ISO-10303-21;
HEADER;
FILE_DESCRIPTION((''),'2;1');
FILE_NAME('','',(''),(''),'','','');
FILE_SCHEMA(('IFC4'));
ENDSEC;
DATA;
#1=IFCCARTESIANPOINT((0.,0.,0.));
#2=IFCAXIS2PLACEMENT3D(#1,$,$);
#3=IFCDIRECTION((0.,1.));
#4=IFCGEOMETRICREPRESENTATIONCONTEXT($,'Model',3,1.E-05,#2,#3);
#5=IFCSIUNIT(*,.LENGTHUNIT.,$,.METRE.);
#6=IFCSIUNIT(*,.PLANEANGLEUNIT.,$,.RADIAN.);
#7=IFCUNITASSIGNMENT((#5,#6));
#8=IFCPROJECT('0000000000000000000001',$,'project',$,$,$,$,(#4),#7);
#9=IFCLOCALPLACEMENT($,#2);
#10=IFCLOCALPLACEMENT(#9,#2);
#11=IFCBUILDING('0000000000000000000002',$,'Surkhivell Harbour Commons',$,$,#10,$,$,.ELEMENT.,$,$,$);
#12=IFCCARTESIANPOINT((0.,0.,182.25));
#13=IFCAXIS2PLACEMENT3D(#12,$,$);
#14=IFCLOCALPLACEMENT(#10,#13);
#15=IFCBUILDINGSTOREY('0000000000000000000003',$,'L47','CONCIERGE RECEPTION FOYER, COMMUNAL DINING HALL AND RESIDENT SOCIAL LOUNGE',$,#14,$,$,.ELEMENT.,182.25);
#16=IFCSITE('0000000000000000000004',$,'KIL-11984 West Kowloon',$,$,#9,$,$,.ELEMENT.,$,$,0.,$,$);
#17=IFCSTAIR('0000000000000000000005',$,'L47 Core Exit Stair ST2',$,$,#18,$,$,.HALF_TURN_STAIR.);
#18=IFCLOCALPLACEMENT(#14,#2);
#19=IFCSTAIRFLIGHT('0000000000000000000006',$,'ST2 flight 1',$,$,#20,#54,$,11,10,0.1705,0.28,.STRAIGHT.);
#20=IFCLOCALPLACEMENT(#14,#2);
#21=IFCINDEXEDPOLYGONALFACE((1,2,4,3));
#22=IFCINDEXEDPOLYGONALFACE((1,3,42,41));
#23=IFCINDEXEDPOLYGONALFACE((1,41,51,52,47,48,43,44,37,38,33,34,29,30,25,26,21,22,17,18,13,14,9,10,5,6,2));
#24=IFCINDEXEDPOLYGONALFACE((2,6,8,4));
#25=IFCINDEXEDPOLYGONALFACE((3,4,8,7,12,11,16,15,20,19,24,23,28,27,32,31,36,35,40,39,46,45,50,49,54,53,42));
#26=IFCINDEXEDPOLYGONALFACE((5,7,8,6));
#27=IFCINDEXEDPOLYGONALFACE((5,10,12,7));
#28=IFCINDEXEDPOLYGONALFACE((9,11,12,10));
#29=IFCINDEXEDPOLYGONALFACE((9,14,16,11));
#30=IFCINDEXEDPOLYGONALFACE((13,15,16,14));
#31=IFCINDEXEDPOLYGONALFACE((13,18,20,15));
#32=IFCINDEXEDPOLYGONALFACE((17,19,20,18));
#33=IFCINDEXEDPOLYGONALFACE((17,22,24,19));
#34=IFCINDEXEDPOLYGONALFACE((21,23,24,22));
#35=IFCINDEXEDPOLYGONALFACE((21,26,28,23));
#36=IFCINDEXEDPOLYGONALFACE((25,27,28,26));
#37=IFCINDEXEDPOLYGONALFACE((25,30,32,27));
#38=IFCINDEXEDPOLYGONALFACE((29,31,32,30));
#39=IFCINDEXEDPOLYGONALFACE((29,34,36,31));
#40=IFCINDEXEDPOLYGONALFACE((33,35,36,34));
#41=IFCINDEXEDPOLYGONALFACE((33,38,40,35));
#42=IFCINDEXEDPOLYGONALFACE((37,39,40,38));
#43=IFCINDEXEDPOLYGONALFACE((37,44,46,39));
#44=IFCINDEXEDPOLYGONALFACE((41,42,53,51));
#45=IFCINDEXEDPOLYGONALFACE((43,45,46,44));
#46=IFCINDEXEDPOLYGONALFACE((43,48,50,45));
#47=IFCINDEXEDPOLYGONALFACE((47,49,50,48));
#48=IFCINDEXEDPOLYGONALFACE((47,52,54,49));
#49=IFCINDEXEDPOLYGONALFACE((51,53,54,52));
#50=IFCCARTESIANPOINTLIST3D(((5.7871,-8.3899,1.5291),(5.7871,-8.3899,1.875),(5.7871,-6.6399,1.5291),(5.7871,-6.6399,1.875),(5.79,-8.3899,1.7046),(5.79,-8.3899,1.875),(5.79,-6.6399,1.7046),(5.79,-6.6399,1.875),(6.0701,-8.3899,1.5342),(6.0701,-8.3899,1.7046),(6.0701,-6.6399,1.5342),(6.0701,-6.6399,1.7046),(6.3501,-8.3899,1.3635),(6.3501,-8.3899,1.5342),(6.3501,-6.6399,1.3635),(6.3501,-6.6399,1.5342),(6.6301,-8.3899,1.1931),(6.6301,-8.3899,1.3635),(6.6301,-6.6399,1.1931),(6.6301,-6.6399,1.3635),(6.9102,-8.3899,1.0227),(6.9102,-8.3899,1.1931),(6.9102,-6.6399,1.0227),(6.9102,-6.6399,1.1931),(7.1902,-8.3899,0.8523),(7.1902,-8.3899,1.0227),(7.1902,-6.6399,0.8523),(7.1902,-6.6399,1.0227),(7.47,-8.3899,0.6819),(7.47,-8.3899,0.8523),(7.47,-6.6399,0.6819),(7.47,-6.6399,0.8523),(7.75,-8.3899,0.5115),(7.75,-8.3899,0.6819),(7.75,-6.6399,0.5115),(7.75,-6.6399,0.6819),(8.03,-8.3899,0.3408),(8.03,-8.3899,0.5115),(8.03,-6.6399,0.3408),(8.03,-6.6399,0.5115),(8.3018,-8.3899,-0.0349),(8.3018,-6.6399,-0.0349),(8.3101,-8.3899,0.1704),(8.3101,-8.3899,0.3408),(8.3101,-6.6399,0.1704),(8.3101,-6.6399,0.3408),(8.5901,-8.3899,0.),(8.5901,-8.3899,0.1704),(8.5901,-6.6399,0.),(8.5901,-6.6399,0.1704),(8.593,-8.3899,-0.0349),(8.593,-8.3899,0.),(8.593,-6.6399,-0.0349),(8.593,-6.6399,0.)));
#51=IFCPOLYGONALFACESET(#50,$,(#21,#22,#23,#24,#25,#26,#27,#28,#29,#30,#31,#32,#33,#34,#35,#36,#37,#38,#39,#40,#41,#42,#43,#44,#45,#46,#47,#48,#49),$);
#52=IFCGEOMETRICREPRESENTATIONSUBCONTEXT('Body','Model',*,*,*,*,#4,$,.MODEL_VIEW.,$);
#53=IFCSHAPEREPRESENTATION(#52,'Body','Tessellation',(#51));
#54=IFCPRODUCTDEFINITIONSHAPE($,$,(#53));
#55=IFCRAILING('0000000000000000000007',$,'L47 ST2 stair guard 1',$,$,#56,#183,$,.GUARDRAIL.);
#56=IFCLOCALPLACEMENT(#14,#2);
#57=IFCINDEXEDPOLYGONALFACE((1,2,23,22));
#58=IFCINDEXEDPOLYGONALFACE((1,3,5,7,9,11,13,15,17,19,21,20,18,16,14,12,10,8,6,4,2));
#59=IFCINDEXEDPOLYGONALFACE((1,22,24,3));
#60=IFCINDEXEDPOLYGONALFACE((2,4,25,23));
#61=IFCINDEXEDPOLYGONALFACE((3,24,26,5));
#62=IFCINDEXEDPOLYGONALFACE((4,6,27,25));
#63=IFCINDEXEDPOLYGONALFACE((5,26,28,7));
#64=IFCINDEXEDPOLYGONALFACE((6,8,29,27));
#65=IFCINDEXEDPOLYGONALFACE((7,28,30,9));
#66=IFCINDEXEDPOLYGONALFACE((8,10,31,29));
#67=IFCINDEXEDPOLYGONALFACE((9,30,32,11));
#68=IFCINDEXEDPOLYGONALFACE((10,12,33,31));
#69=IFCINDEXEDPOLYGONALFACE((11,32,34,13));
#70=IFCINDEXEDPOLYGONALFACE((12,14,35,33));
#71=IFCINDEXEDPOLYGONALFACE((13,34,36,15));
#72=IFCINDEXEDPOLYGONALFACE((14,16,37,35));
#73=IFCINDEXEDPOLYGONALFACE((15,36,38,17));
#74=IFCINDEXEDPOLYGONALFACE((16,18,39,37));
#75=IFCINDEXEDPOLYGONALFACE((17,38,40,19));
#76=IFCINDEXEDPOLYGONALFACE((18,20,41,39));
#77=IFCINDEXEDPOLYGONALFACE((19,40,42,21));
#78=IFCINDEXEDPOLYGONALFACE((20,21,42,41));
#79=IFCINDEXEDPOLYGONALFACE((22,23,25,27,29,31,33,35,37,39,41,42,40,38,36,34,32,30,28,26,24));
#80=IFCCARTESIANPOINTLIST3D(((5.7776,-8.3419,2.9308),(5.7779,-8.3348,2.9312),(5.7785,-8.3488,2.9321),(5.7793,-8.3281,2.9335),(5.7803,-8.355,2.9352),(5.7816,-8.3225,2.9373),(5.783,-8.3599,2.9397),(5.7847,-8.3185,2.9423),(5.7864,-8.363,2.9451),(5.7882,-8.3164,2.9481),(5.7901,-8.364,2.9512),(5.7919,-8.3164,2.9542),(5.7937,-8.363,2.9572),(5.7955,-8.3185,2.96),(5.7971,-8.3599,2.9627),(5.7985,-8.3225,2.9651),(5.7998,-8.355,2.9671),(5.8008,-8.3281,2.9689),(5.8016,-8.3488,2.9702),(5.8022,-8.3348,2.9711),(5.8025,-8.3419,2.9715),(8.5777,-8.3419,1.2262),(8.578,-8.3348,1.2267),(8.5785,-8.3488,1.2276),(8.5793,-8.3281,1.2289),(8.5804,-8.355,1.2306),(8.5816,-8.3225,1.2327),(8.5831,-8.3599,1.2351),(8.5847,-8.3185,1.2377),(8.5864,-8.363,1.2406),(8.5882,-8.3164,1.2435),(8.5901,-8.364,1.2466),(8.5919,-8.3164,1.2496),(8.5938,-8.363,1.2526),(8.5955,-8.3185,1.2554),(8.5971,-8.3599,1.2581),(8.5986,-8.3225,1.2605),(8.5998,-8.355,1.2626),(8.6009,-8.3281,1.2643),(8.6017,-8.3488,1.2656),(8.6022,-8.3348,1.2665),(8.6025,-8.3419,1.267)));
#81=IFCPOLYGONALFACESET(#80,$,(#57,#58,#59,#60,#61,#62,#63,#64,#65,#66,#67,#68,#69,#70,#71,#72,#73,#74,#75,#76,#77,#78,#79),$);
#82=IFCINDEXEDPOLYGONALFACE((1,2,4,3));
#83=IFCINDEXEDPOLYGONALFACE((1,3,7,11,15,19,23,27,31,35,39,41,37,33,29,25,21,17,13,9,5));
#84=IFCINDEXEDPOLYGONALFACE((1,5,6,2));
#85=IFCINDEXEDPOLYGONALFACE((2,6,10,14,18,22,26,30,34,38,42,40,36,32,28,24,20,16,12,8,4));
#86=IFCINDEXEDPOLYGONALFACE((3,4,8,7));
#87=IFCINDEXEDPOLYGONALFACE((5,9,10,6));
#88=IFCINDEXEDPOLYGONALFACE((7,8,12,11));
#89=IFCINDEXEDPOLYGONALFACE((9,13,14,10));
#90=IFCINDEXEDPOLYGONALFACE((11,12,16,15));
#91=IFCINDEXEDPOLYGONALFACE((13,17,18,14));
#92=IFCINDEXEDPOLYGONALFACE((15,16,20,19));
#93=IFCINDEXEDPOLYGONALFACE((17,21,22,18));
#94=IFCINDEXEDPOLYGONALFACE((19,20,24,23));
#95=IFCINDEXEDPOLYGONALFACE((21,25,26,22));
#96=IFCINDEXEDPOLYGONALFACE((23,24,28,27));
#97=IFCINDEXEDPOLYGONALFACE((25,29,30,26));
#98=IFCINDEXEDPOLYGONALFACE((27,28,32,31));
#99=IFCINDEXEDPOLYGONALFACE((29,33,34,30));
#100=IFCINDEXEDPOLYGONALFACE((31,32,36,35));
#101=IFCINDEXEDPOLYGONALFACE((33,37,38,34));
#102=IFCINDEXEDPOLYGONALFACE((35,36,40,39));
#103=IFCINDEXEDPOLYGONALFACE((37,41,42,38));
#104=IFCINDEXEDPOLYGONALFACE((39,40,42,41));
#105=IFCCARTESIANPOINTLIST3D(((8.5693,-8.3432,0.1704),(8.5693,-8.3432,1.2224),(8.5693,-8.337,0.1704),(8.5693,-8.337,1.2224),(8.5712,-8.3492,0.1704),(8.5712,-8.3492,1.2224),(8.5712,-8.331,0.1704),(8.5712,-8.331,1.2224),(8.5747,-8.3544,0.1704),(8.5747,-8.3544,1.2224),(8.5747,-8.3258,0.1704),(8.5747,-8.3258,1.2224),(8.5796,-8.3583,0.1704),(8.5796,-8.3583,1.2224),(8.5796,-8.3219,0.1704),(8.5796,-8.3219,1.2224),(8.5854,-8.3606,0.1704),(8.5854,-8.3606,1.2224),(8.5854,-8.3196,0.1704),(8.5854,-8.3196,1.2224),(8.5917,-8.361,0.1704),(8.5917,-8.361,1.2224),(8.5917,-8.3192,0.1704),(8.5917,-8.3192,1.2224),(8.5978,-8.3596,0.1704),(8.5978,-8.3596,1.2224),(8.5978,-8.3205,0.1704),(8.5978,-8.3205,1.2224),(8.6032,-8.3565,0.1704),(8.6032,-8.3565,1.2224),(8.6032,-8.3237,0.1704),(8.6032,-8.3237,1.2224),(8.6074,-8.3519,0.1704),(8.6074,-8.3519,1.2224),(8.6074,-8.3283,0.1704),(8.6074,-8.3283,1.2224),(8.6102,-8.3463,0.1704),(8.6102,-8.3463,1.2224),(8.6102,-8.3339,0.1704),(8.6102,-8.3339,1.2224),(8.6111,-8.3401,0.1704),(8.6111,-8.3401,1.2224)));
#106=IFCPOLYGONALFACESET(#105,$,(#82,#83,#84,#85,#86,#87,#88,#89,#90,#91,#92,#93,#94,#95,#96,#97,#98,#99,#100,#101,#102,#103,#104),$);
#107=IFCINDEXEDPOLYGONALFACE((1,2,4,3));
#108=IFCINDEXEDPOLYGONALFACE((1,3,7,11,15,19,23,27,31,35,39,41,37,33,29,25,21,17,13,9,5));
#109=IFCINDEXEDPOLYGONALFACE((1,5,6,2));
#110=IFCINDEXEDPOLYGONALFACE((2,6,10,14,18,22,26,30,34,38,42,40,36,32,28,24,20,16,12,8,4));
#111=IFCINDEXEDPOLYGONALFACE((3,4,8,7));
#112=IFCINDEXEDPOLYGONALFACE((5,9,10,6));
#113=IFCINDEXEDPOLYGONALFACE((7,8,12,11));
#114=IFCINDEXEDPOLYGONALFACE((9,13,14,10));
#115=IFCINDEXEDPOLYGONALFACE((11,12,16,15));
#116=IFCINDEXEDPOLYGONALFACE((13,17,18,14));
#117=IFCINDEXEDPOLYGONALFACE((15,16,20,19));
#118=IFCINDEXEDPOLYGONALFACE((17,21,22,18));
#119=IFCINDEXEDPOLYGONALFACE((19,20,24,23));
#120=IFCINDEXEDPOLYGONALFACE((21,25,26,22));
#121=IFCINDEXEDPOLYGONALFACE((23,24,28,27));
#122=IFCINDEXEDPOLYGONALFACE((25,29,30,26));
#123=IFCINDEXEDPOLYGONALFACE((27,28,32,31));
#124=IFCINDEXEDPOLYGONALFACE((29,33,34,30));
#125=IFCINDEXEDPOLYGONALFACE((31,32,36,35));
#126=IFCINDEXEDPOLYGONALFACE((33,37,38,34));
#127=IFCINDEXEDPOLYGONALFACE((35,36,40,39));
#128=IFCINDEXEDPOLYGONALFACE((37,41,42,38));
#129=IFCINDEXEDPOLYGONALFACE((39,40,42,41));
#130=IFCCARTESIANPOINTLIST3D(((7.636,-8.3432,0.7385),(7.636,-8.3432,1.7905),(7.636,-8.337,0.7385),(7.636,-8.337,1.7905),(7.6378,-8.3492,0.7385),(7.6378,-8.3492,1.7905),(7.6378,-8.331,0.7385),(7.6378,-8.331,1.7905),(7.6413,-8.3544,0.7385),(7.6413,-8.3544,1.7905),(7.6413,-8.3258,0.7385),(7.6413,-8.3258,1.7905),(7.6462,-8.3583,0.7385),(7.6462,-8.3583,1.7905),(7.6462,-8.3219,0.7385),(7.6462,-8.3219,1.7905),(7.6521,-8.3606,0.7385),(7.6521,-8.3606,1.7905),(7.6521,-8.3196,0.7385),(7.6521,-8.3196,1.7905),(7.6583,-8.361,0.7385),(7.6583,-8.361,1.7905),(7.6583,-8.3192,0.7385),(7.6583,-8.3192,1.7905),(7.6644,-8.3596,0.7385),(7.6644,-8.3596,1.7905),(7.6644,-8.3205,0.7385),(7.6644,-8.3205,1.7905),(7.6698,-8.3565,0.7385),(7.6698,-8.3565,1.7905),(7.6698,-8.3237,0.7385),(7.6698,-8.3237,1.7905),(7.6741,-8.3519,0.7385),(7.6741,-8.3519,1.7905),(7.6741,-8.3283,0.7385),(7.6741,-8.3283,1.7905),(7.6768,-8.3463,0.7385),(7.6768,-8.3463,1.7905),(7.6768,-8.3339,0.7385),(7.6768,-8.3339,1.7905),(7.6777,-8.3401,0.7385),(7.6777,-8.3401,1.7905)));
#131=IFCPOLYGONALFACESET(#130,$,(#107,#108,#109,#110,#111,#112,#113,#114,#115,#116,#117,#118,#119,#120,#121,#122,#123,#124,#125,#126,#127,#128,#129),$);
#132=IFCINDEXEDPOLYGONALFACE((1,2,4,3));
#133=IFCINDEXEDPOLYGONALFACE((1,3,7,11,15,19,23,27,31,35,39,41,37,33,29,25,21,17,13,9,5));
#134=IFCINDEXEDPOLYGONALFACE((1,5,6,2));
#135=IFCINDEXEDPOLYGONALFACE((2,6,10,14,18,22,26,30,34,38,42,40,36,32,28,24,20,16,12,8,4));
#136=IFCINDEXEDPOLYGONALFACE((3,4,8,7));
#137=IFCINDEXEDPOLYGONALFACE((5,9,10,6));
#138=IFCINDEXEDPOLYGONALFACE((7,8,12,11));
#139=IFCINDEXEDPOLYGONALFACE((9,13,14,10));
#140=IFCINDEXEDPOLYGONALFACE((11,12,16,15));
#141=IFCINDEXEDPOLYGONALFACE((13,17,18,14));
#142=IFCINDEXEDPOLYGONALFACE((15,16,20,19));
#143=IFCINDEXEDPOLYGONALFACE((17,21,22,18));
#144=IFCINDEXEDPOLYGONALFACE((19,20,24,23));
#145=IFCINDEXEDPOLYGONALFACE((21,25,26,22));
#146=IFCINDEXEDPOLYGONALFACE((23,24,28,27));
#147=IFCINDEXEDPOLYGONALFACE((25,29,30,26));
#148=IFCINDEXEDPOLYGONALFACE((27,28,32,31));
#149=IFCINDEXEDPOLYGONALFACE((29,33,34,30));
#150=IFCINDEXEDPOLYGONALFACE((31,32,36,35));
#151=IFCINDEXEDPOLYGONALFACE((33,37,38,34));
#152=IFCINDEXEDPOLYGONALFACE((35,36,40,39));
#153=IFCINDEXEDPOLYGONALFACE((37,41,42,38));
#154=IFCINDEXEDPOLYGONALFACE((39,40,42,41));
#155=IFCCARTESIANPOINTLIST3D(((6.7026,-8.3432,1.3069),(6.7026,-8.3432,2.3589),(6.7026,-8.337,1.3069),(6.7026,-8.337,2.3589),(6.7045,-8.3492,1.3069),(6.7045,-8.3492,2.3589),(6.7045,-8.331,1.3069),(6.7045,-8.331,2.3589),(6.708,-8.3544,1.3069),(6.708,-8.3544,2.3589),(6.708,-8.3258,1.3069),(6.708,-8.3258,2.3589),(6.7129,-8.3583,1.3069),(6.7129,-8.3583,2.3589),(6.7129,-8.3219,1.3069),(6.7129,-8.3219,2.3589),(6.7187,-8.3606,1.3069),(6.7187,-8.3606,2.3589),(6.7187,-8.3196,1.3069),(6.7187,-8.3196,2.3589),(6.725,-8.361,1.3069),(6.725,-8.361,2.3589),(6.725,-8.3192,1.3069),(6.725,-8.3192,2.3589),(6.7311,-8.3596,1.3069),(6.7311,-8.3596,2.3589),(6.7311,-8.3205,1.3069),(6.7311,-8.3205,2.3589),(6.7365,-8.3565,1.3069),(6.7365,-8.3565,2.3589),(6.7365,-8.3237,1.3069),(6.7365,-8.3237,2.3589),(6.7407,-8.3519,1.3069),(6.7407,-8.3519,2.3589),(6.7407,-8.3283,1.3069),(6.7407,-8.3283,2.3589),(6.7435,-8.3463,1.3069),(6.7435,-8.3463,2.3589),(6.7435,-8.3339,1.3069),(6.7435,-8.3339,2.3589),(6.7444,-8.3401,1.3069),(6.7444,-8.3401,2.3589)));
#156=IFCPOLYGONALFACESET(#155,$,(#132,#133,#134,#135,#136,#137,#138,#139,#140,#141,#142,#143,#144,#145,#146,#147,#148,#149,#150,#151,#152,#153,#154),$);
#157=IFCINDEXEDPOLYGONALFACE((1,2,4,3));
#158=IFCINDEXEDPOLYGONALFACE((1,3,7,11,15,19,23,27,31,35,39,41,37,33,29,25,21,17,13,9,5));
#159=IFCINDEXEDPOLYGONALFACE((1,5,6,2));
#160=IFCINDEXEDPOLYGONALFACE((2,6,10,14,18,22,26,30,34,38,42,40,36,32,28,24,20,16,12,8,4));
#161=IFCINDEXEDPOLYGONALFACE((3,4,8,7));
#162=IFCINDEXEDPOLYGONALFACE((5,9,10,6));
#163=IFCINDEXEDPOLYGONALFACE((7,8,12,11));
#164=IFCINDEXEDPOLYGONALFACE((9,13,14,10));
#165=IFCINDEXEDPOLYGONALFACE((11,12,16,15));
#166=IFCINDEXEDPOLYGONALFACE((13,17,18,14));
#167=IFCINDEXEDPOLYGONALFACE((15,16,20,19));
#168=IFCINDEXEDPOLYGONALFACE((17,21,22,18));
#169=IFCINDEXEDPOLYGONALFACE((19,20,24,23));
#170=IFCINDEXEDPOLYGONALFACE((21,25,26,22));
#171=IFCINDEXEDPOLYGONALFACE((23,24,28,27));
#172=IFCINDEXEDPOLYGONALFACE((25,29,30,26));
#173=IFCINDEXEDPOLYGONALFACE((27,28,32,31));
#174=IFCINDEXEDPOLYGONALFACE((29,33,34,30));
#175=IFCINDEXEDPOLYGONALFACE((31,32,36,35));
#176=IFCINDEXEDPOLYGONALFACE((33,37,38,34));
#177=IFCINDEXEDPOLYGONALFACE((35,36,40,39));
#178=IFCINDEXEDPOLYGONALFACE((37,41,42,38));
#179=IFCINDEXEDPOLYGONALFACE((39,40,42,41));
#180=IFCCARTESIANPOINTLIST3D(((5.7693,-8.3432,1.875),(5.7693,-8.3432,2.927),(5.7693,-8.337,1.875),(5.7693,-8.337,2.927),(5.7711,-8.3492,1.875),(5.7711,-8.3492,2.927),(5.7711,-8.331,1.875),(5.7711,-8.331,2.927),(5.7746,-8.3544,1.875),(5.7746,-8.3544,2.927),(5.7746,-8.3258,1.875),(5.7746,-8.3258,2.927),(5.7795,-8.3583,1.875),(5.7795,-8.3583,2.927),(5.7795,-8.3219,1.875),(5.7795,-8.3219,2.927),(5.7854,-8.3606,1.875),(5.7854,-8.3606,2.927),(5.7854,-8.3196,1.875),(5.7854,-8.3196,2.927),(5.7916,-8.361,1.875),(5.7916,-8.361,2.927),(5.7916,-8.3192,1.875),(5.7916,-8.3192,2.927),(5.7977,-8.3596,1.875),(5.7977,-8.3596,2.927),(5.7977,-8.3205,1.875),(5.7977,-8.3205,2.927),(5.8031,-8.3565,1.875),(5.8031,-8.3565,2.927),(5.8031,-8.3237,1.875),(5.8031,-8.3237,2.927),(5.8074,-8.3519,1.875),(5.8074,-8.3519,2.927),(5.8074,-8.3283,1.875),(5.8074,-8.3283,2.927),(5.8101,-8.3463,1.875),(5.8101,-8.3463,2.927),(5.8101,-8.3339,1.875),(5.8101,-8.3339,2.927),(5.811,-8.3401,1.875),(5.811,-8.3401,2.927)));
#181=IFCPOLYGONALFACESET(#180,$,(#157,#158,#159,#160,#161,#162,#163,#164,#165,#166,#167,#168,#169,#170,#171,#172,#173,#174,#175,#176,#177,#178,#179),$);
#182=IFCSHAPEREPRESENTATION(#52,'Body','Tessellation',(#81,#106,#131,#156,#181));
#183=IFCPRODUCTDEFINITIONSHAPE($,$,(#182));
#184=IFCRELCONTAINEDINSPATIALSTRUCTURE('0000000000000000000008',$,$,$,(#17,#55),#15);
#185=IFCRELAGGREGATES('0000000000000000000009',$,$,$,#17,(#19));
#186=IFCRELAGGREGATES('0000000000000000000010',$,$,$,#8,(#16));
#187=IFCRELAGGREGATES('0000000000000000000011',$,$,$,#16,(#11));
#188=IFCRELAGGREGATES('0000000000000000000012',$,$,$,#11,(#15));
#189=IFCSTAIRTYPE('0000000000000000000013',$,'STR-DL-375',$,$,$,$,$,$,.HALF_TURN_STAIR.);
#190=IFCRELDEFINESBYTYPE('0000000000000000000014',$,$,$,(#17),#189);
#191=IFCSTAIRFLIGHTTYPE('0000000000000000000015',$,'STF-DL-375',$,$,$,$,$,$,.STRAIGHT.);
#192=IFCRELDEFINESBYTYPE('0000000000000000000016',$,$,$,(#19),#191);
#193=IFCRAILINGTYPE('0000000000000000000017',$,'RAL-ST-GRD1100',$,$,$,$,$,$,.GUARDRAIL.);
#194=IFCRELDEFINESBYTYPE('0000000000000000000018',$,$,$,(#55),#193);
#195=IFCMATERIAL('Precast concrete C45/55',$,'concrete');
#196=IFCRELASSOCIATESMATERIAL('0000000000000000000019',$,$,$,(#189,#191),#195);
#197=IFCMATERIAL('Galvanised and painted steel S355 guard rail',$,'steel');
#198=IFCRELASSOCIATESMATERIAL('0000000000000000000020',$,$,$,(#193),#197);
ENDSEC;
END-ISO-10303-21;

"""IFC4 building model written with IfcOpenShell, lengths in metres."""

from ifc_helpers import new_model, si_unit, direction, frame, origin, origin_2d, place, context, subcontext, project, spatial, polyline, circle, outline, extrude, material, type_object, element, aggregate, save


model = new_model("IFC4")

# Units and contexts
model_context = context("Model", 3, precision=1e-05, world=origin(), true_north=direction((0.0, 1.0)))
body_context = subcontext(model_context, "Body", "Model", "MODEL_VIEW")
ifc_project = project(units=[si_unit("LENGTHUNIT", "METRE"), si_unit("PLANEANGLEUNIT", "RADIAN")], contexts=[model_context])

# Site, building, storey
site_placement = place(None, origin())
site = spatial("IfcSite", under=ifc_project, at=site_placement, Name="KIL-11984 West Kowloon", CompositionType="ELEMENT", RefElevation=0.0)
building_placement = place(site_placement, origin())
building = spatial("IfcBuilding", under=site, at=building_placement, Name="Surkhivell Harbour Commons", CompositionType="ELEMENT")
storey_placement = place(building_placement, frame((0.0, 0.0, 182.25)))
storey = spatial("IfcBuildingStorey", under=building, at=storey_placement, Name="L47", Description="CONCIERGE RECEPTION FOYER, COMMUNAL DINING HALL AND RESIDENT SOCIAL LOUNGE", CompositionType="ELEMENT", Elevation=182.25)

# Stair, stair flight
ifc_material_1 = material(Name="Precast concrete C45/55", Category="concrete")
stair_type = type_object("IfcStairType", Name="STR-DL-375", PredefinedType="HALF_TURN_STAIR", material=ifc_material_1)
stair_placement = place(storey_placement, origin())
stair = element("IfcStair", 1, at=stair_placement, inside=storey, type_object=stair_type, Name="L47 Core Exit Stair ST2", PredefinedType="HALF_TURN_STAIR")
stair_flight_type = type_object("IfcStairFlightType", Name="STF-DL-375", PredefinedType="STRAIGHT", material=ifc_material_1)
stair_flight_placement = place(storey_placement, frame((8.5901, -7.5149, 0.0), z_axis=(0.0, 0.0, 1.0), x_axis=(-1.0, 0.0, 0.0)))
stair_flight = element("IfcStairFlight", 2, at=stair_flight_placement, type_object=stair_flight_type, Name="ST2 flight 1", NumberOfRisers=11, NumberOfTreads=10, PredefinedType="STRAIGHT", RiserHeight=0.1705, TreadLength=0.28, context=body_context, shape_type="SweptSolid", body=[
    extrude(outline(polyline([(-0.0029, -0.0349), (-0.0029, 0.0), (0.0, 0.0), (0.0, 0.1704), (0.28, 0.1704), (0.28, 0.3408), (0.5601, 0.3408), (0.5601, 0.5115), (0.8401, 0.5115), (0.8401, 0.6819), (1.1201, 0.6819), (1.1201, 0.8523), (1.3999, 0.8523), (1.3999, 1.0227), (1.6799, 1.0227), (1.6799, 1.1931), (1.96, 1.1931), (1.96, 1.3635), (2.24, 1.3635), (2.24, 1.5342), (2.52, 1.5342), (2.52, 1.7046), (2.8, 1.7046), (2.8, 1.875), (2.803, 1.875), (2.803, 1.5291), (0.2883, -0.0349), (-0.0029, -0.0349)])), frame((0.0, 0.875, 0.0), z_axis=(0.0, -1.0, 0.0), x_axis=(1.0, 0.0, 0.0)), (0.0, 0.0, 1.0), 1.75),
])
aggregate(stair, [stair_flight])

# Railing
ifc_material_2 = material(Name="Galvanised and painted steel S355 guard rail", Category="steel")
railing_type_1 = type_object("IfcRailingType", Name="RAL-ST-GRD1100", PredefinedType="GUARDRAIL", material=ifc_material_2)
railing_1_placement = place(storey_placement, frame((8.5901, -8.3401, 0.1704)))
element("IfcRailing", 3, at=railing_1_placement, inside=storey, type_object=railing_type_1, Name="L47 ST2 stair guard 1", PredefinedType="GUARDRAIL", context=body_context, shape_type="SweptSolid", body=[
    extrude(circle(Radius=0.0239, at=origin_2d()), frame((0.0, 0.0, 1.0762), z_axis=(-0.85417, 0.0, 0.519994), x_axis=(0.0, -1.0, 0.0)), (0.0, 0.0, 1.0), 3.2781),
    extrude(circle(Radius=0.021, at=origin_2d()), origin(), (0.0, 0.0, 1.0), 1.052),
    extrude(circle(Radius=0.021, at=origin_2d()), frame((-0.9333, 0.0, 0.5681)), (0.0, 0.0, 1.0), 1.052),
    extrude(circle(Radius=0.021, at=origin_2d()), frame((-1.8667, 0.0, 1.1365)), (0.0, 0.0, 1.0), 1.052),
    extrude(circle(Radius=0.021, at=origin_2d()), frame((-2.8, 0.0, 1.7046)), (0.0, 0.0, 1.0), 1.052),
])

save(model, "model.ifc")
